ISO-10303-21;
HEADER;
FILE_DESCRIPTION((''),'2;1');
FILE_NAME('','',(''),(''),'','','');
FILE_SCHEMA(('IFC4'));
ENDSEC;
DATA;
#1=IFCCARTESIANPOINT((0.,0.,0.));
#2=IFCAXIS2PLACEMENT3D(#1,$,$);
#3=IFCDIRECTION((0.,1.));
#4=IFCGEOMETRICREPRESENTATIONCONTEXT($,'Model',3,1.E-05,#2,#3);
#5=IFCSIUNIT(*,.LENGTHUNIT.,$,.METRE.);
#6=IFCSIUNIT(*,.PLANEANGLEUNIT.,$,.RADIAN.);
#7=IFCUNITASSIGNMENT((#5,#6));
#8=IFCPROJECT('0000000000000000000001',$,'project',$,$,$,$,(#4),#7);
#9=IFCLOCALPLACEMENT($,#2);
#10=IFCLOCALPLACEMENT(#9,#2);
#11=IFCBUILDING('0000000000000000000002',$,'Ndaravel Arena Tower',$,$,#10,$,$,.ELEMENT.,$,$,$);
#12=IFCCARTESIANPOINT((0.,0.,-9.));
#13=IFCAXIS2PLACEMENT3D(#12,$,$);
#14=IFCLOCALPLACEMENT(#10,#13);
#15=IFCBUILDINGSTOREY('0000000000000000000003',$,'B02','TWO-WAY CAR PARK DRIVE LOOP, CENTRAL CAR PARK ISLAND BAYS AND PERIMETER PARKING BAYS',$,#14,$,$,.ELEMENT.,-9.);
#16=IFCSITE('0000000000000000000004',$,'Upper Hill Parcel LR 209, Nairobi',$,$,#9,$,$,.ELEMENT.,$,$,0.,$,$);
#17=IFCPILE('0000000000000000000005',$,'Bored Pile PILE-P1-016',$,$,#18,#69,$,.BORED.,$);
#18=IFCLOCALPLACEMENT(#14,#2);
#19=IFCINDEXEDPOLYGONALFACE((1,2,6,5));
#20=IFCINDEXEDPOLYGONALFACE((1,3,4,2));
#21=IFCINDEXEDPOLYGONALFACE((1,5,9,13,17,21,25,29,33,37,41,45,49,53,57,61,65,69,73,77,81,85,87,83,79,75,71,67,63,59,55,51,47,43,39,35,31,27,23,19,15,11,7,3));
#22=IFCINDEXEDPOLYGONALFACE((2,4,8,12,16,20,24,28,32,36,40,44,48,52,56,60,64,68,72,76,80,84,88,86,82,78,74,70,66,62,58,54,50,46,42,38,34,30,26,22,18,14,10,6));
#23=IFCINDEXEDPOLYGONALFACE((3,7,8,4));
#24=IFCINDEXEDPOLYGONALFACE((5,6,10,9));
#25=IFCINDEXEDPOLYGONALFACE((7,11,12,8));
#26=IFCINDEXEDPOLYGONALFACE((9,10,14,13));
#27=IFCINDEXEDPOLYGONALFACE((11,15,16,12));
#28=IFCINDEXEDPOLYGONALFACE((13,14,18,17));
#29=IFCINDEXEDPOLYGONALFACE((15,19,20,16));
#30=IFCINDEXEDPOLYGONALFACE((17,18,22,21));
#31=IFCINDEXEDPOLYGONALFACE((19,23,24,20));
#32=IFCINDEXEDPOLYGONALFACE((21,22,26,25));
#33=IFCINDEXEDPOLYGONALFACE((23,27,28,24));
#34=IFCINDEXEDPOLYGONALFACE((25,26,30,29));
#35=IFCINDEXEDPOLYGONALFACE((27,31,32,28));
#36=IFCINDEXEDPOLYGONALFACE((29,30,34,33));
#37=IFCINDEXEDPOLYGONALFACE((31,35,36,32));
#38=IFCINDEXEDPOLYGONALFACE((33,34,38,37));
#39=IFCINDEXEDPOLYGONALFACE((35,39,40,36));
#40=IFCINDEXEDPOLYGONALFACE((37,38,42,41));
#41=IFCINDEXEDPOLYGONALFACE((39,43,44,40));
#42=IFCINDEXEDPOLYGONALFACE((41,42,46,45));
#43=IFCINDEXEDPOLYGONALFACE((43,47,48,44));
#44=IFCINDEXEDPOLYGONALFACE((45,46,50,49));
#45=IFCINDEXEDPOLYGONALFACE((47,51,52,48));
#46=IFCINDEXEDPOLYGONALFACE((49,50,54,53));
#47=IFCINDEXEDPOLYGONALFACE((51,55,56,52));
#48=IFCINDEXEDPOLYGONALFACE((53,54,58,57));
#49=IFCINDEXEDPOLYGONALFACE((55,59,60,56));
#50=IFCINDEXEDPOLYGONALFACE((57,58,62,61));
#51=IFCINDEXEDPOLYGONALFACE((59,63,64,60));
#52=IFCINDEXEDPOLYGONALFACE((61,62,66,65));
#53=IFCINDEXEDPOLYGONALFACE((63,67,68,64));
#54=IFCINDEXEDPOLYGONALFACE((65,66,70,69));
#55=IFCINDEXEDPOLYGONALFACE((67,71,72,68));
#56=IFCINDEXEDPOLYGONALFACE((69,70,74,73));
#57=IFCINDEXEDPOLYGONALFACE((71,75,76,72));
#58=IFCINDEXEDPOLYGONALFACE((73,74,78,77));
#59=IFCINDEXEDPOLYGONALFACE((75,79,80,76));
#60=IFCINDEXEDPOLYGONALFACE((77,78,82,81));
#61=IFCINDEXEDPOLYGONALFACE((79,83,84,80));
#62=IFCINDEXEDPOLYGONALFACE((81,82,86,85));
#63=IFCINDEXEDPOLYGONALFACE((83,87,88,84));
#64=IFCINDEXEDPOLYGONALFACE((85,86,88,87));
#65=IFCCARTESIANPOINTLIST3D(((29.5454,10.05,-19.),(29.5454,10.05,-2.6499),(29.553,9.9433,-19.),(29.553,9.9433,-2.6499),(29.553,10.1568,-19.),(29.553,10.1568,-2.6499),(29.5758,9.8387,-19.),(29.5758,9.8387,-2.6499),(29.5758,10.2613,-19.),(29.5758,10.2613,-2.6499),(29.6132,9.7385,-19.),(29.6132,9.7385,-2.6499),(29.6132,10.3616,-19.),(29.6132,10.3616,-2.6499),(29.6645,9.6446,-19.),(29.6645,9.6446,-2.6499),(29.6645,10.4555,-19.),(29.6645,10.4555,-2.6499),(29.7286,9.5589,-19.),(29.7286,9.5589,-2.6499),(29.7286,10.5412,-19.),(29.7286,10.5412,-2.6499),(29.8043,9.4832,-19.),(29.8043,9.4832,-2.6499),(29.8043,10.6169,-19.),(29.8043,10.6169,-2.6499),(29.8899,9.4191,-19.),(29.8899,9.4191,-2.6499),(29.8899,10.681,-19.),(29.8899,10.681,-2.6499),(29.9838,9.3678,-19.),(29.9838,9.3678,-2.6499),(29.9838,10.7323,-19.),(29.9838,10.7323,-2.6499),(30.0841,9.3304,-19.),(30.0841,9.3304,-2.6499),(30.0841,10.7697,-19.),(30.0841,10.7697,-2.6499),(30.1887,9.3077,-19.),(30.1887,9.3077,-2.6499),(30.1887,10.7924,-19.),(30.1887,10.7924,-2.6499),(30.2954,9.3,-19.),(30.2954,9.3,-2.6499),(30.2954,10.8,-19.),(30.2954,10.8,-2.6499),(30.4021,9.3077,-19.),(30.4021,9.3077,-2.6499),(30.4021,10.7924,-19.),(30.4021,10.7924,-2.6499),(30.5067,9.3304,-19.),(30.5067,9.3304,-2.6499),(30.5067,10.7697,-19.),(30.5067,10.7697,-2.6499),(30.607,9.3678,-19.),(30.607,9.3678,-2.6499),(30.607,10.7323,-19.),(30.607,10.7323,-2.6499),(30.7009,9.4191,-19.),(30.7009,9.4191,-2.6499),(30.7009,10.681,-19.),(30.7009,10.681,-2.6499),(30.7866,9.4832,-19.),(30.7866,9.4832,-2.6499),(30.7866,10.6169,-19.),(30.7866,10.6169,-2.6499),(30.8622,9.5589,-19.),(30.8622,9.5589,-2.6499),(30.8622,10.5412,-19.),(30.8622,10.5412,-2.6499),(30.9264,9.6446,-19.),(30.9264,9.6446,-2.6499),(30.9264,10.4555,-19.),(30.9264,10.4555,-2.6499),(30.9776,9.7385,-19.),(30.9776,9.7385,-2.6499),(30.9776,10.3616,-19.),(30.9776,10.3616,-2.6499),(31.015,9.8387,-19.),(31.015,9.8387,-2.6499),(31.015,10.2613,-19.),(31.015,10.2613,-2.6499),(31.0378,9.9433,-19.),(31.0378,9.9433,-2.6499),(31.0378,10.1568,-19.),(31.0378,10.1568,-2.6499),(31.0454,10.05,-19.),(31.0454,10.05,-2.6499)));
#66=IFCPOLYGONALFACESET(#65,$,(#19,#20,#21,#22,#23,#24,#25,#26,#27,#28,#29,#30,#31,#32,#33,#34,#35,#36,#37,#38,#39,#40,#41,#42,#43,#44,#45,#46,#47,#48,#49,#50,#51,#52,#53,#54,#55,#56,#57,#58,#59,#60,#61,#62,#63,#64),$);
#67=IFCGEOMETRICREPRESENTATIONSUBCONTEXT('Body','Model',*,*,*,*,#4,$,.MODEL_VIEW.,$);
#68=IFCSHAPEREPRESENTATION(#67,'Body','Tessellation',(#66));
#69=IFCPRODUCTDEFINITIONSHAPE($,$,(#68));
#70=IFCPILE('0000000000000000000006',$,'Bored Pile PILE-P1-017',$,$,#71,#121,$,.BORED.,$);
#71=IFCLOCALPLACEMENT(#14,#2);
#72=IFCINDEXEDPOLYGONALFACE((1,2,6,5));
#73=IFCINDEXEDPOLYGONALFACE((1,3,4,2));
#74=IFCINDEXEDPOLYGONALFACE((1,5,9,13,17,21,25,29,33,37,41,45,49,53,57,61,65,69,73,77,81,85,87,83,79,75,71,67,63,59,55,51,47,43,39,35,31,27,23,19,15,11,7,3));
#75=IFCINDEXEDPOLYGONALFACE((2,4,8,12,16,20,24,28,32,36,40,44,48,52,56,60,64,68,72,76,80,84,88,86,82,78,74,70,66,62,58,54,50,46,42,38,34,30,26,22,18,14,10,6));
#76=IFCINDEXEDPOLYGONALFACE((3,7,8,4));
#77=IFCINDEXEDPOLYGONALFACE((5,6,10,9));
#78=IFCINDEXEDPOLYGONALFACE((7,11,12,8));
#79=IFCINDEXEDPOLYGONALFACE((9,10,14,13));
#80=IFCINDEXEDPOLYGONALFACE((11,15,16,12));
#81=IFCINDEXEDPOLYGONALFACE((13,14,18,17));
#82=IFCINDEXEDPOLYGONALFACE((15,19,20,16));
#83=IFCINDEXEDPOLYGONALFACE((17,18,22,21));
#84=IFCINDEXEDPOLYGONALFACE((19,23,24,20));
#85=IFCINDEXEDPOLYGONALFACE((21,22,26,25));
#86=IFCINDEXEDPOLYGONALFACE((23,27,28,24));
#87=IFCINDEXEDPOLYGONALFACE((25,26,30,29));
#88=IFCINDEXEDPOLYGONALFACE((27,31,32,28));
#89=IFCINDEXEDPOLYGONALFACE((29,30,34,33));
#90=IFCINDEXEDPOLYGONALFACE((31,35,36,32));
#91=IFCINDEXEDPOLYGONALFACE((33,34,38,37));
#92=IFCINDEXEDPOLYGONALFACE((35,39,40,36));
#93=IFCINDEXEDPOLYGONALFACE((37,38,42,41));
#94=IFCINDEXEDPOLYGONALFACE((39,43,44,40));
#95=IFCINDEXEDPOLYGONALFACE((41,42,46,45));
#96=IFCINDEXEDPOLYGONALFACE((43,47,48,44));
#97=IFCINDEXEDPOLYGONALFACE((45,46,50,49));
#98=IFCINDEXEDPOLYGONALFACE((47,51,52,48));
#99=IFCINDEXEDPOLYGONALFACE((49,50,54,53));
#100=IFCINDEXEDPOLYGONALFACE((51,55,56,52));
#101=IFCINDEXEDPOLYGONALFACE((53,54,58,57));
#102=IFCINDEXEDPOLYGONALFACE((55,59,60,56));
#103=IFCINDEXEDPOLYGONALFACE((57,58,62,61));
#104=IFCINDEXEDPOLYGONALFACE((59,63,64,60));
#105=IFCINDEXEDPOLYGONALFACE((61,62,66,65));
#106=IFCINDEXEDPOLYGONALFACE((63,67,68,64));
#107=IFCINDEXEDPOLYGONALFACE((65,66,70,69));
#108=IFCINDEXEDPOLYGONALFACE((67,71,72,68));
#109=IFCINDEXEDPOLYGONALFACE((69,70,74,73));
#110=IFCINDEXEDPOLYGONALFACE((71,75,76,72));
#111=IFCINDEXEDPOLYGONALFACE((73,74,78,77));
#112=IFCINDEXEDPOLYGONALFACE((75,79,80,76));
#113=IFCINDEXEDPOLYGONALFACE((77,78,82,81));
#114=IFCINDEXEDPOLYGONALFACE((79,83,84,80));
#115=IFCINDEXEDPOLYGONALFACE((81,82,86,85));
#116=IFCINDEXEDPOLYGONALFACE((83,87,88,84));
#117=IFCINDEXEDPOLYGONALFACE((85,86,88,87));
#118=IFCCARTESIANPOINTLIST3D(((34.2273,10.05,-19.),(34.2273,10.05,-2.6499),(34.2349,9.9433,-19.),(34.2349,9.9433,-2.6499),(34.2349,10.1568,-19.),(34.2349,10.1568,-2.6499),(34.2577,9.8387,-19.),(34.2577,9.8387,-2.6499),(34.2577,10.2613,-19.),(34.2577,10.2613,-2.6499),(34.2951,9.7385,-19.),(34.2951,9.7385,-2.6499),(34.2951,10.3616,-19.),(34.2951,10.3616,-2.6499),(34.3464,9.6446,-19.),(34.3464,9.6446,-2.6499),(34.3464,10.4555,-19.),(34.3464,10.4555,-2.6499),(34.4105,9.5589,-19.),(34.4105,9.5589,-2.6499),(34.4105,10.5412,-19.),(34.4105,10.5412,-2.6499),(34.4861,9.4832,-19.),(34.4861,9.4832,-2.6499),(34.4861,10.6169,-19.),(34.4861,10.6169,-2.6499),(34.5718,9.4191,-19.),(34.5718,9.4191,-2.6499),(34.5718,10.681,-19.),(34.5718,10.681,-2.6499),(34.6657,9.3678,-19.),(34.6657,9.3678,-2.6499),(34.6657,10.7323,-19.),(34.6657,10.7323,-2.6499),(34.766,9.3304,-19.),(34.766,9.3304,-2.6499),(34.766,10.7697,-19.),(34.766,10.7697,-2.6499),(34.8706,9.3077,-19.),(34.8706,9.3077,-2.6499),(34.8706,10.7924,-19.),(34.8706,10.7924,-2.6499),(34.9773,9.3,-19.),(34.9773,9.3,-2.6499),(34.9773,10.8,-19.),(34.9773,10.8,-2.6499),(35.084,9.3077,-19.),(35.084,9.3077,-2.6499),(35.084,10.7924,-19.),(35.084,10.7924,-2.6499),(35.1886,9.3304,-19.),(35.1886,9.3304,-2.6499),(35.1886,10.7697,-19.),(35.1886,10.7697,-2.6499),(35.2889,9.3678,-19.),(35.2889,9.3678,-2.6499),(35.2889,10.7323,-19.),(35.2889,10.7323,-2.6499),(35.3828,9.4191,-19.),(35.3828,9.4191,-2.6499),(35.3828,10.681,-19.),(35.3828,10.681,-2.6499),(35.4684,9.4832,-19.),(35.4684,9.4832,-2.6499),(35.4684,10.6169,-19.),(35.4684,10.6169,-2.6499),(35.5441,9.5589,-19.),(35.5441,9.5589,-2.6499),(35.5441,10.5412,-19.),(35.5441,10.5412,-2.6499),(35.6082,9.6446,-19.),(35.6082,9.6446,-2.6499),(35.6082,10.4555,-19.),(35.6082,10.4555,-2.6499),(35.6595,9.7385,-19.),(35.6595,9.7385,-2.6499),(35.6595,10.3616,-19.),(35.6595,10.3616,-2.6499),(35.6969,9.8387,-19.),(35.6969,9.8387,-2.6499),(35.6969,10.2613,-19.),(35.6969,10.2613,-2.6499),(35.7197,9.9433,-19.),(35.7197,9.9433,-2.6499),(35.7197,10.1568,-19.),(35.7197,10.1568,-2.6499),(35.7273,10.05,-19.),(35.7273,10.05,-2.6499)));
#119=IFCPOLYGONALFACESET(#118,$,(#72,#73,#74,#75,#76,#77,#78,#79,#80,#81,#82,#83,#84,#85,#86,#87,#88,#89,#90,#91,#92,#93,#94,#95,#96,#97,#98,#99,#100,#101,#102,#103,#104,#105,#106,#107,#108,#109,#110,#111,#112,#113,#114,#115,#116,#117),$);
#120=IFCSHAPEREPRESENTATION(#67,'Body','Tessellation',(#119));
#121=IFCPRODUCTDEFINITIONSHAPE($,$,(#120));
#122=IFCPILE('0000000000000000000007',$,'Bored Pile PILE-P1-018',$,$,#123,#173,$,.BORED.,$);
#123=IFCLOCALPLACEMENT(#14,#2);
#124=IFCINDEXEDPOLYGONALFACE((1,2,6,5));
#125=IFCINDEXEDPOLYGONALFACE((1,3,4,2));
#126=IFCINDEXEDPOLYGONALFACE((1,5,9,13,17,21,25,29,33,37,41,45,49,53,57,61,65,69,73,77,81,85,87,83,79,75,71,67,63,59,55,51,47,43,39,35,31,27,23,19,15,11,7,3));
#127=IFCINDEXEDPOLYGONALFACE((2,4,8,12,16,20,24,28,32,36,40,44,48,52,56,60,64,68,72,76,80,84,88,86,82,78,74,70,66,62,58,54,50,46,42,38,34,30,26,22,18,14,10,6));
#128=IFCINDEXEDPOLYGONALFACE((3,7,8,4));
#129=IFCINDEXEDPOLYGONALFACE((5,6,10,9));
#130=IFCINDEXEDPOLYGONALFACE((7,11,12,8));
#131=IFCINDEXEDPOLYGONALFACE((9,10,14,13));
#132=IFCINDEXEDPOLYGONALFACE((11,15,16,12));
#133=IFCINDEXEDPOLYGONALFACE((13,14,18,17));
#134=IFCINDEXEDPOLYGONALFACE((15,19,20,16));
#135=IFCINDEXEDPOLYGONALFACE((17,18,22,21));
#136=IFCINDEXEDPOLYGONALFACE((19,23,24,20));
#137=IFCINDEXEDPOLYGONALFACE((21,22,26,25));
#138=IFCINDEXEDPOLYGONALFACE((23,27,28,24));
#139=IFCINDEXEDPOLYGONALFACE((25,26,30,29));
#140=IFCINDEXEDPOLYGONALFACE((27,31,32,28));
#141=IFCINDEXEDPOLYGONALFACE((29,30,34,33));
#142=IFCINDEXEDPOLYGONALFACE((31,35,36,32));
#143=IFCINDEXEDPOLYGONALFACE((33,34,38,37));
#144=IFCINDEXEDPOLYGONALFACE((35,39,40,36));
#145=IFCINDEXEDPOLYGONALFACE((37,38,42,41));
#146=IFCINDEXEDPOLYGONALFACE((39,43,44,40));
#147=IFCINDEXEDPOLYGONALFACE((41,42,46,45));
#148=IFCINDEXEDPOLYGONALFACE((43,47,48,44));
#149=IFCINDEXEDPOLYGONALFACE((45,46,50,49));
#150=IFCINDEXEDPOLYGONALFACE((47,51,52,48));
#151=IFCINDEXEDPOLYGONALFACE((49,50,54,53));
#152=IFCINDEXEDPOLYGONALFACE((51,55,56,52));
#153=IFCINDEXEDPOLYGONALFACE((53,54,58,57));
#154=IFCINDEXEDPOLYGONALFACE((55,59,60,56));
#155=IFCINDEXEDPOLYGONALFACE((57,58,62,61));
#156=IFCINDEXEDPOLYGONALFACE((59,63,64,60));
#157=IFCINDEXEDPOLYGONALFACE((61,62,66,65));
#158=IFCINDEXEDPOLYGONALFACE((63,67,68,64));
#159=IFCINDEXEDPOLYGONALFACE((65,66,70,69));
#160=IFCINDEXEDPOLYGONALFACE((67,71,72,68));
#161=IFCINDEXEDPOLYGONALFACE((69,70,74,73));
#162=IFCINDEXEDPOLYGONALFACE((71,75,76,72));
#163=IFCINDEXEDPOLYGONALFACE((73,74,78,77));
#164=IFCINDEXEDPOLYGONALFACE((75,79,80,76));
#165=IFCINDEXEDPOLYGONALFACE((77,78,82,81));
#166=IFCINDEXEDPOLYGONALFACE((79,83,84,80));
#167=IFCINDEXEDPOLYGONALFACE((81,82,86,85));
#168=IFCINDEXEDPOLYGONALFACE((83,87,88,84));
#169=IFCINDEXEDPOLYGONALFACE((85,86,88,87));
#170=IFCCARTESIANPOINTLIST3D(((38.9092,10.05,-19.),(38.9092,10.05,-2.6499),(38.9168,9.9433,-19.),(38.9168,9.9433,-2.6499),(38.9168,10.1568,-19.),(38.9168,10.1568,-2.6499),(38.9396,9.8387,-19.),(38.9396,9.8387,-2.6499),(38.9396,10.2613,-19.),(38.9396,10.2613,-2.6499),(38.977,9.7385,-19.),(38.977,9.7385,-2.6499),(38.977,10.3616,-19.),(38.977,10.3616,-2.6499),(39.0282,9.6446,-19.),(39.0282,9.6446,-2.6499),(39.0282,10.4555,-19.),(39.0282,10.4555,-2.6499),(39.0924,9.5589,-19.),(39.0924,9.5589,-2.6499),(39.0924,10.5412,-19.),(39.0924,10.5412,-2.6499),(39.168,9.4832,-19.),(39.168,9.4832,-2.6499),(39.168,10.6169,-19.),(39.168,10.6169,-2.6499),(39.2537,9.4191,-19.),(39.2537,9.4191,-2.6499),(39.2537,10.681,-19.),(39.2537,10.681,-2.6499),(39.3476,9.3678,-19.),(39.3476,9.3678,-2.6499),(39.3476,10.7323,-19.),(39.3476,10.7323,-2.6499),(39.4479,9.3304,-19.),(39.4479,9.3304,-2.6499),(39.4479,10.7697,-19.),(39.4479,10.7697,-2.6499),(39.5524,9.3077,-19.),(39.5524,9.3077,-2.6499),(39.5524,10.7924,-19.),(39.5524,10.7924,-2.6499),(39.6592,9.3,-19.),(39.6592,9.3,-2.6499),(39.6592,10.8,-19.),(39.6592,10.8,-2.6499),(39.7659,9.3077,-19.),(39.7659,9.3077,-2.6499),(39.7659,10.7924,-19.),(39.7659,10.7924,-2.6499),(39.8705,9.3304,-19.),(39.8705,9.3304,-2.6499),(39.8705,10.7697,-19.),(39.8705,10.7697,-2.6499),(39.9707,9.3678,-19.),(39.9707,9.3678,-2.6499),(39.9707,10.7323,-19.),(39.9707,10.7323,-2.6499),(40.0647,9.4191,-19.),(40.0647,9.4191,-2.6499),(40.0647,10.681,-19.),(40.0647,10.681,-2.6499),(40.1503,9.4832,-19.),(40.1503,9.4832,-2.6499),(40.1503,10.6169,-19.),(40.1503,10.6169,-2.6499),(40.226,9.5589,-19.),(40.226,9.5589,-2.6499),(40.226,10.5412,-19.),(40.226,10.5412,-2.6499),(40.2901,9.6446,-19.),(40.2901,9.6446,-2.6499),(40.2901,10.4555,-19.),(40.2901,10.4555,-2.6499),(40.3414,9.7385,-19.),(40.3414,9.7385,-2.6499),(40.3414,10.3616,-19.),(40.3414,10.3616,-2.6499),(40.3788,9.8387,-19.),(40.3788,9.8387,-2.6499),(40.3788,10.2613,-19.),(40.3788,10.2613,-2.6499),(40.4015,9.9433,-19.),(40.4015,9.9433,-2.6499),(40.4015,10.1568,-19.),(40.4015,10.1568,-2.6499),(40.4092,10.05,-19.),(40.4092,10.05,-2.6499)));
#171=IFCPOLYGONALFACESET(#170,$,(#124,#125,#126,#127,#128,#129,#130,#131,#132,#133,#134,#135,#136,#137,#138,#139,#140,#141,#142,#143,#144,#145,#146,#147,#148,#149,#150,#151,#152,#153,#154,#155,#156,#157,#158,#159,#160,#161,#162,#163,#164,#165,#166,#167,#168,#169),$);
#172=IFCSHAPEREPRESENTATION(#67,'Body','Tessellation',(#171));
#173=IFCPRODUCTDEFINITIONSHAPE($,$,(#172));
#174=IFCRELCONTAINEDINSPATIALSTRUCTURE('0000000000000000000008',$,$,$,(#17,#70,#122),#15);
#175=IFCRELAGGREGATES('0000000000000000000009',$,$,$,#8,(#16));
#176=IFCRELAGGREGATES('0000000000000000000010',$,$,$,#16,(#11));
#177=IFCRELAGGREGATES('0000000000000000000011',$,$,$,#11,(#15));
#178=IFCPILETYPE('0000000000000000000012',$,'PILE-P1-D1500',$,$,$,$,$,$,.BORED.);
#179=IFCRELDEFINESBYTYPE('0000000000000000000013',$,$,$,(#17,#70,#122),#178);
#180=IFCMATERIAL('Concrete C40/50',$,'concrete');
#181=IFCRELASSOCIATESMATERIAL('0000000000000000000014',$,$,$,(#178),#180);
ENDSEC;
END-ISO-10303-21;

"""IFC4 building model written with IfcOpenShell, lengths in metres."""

from ifc_helpers import new_model, si_unit, direction, frame, origin, origin_2d, place, context, subcontext, project, spatial, circle, extrude, material, material_profile, profile_set, type_object, element, save


model = new_model("IFC4")

# Units and contexts
model_context = context("Model", 3, precision=1e-05, world=origin(), true_north=direction((0.0, 1.0)))
body_context = subcontext(model_context, "Body", "Model", "MODEL_VIEW")
ifc_project = project(units=[si_unit("LENGTHUNIT", "METRE"), si_unit("PLANEANGLEUNIT", "RADIAN")], contexts=[model_context])

# Site, building, storey
site_placement = place(None, origin())
site = spatial("IfcSite", under=ifc_project, at=site_placement, Name="Upper Hill Parcel LR 209, Nairobi", CompositionType="ELEMENT", RefElevation=0.0)
building_placement = place(site_placement, origin())
building = spatial("IfcBuilding", under=site, at=building_placement, Name="Ndaravel Arena Tower", CompositionType="ELEMENT")
storey_placement = place(building_placement, frame((0.0, 0.0, -9.0)))
storey = spatial("IfcBuildingStorey", under=building, at=storey_placement, Name="B02", Description="TWO-WAY CAR PARK DRIVE LOOP, CENTRAL CAR PARK ISLAND BAYS AND PERIMETER PARKING BAYS", CompositionType="ELEMENT", Elevation=-9.0)

# Piles
ifc_material_1 = material(Name="Concrete C40/50", Category="concrete")
ifc_material_profile_1 = material_profile(ifc_material_1, circle(Radius=0.75, at=origin_2d()), Name="BORED PILE D1500")
ifc_profile_set_1 = profile_set([ifc_material_profile_1], Name="Concrete C40/50")
pile_type = type_object("IfcPileType", Name="PILE-P1-D1500", PredefinedType="BORED", material=ifc_profile_set_1)
for number, where, z_axis, x_axis, name in (
    (1, (30.2954, 10.05, -2.6499), (0.0, 0.0, -1.0), (1.0, 0.0, 0.0), "Bored Pile PILE-P1-016"),
    (2, (34.9773, 10.05, -2.6499), (0.0, 0.0, -1.0), (1.0, 0.0, 0.0), "Bored Pile PILE-P1-017"),
    (3, (39.6592, 10.05, -2.6499), (0.0, 0.0, -1.0), (1.0, 0.0, 0.0), "Bored Pile PILE-P1-018"),
):
    element("IfcPile", number, at=place(storey_placement, frame(where, z_axis=z_axis, x_axis=x_axis)), inside=storey, type_object=pile_type, Name=name, PredefinedType="BORED", context=body_context, shape_type="SweptSolid", body=[
        extrude(circle(Radius=0.75, at=origin_2d()), origin(), (0.0, 0.0, 1.0), 16.3501),
    ])

save(model, "model.ifc")
